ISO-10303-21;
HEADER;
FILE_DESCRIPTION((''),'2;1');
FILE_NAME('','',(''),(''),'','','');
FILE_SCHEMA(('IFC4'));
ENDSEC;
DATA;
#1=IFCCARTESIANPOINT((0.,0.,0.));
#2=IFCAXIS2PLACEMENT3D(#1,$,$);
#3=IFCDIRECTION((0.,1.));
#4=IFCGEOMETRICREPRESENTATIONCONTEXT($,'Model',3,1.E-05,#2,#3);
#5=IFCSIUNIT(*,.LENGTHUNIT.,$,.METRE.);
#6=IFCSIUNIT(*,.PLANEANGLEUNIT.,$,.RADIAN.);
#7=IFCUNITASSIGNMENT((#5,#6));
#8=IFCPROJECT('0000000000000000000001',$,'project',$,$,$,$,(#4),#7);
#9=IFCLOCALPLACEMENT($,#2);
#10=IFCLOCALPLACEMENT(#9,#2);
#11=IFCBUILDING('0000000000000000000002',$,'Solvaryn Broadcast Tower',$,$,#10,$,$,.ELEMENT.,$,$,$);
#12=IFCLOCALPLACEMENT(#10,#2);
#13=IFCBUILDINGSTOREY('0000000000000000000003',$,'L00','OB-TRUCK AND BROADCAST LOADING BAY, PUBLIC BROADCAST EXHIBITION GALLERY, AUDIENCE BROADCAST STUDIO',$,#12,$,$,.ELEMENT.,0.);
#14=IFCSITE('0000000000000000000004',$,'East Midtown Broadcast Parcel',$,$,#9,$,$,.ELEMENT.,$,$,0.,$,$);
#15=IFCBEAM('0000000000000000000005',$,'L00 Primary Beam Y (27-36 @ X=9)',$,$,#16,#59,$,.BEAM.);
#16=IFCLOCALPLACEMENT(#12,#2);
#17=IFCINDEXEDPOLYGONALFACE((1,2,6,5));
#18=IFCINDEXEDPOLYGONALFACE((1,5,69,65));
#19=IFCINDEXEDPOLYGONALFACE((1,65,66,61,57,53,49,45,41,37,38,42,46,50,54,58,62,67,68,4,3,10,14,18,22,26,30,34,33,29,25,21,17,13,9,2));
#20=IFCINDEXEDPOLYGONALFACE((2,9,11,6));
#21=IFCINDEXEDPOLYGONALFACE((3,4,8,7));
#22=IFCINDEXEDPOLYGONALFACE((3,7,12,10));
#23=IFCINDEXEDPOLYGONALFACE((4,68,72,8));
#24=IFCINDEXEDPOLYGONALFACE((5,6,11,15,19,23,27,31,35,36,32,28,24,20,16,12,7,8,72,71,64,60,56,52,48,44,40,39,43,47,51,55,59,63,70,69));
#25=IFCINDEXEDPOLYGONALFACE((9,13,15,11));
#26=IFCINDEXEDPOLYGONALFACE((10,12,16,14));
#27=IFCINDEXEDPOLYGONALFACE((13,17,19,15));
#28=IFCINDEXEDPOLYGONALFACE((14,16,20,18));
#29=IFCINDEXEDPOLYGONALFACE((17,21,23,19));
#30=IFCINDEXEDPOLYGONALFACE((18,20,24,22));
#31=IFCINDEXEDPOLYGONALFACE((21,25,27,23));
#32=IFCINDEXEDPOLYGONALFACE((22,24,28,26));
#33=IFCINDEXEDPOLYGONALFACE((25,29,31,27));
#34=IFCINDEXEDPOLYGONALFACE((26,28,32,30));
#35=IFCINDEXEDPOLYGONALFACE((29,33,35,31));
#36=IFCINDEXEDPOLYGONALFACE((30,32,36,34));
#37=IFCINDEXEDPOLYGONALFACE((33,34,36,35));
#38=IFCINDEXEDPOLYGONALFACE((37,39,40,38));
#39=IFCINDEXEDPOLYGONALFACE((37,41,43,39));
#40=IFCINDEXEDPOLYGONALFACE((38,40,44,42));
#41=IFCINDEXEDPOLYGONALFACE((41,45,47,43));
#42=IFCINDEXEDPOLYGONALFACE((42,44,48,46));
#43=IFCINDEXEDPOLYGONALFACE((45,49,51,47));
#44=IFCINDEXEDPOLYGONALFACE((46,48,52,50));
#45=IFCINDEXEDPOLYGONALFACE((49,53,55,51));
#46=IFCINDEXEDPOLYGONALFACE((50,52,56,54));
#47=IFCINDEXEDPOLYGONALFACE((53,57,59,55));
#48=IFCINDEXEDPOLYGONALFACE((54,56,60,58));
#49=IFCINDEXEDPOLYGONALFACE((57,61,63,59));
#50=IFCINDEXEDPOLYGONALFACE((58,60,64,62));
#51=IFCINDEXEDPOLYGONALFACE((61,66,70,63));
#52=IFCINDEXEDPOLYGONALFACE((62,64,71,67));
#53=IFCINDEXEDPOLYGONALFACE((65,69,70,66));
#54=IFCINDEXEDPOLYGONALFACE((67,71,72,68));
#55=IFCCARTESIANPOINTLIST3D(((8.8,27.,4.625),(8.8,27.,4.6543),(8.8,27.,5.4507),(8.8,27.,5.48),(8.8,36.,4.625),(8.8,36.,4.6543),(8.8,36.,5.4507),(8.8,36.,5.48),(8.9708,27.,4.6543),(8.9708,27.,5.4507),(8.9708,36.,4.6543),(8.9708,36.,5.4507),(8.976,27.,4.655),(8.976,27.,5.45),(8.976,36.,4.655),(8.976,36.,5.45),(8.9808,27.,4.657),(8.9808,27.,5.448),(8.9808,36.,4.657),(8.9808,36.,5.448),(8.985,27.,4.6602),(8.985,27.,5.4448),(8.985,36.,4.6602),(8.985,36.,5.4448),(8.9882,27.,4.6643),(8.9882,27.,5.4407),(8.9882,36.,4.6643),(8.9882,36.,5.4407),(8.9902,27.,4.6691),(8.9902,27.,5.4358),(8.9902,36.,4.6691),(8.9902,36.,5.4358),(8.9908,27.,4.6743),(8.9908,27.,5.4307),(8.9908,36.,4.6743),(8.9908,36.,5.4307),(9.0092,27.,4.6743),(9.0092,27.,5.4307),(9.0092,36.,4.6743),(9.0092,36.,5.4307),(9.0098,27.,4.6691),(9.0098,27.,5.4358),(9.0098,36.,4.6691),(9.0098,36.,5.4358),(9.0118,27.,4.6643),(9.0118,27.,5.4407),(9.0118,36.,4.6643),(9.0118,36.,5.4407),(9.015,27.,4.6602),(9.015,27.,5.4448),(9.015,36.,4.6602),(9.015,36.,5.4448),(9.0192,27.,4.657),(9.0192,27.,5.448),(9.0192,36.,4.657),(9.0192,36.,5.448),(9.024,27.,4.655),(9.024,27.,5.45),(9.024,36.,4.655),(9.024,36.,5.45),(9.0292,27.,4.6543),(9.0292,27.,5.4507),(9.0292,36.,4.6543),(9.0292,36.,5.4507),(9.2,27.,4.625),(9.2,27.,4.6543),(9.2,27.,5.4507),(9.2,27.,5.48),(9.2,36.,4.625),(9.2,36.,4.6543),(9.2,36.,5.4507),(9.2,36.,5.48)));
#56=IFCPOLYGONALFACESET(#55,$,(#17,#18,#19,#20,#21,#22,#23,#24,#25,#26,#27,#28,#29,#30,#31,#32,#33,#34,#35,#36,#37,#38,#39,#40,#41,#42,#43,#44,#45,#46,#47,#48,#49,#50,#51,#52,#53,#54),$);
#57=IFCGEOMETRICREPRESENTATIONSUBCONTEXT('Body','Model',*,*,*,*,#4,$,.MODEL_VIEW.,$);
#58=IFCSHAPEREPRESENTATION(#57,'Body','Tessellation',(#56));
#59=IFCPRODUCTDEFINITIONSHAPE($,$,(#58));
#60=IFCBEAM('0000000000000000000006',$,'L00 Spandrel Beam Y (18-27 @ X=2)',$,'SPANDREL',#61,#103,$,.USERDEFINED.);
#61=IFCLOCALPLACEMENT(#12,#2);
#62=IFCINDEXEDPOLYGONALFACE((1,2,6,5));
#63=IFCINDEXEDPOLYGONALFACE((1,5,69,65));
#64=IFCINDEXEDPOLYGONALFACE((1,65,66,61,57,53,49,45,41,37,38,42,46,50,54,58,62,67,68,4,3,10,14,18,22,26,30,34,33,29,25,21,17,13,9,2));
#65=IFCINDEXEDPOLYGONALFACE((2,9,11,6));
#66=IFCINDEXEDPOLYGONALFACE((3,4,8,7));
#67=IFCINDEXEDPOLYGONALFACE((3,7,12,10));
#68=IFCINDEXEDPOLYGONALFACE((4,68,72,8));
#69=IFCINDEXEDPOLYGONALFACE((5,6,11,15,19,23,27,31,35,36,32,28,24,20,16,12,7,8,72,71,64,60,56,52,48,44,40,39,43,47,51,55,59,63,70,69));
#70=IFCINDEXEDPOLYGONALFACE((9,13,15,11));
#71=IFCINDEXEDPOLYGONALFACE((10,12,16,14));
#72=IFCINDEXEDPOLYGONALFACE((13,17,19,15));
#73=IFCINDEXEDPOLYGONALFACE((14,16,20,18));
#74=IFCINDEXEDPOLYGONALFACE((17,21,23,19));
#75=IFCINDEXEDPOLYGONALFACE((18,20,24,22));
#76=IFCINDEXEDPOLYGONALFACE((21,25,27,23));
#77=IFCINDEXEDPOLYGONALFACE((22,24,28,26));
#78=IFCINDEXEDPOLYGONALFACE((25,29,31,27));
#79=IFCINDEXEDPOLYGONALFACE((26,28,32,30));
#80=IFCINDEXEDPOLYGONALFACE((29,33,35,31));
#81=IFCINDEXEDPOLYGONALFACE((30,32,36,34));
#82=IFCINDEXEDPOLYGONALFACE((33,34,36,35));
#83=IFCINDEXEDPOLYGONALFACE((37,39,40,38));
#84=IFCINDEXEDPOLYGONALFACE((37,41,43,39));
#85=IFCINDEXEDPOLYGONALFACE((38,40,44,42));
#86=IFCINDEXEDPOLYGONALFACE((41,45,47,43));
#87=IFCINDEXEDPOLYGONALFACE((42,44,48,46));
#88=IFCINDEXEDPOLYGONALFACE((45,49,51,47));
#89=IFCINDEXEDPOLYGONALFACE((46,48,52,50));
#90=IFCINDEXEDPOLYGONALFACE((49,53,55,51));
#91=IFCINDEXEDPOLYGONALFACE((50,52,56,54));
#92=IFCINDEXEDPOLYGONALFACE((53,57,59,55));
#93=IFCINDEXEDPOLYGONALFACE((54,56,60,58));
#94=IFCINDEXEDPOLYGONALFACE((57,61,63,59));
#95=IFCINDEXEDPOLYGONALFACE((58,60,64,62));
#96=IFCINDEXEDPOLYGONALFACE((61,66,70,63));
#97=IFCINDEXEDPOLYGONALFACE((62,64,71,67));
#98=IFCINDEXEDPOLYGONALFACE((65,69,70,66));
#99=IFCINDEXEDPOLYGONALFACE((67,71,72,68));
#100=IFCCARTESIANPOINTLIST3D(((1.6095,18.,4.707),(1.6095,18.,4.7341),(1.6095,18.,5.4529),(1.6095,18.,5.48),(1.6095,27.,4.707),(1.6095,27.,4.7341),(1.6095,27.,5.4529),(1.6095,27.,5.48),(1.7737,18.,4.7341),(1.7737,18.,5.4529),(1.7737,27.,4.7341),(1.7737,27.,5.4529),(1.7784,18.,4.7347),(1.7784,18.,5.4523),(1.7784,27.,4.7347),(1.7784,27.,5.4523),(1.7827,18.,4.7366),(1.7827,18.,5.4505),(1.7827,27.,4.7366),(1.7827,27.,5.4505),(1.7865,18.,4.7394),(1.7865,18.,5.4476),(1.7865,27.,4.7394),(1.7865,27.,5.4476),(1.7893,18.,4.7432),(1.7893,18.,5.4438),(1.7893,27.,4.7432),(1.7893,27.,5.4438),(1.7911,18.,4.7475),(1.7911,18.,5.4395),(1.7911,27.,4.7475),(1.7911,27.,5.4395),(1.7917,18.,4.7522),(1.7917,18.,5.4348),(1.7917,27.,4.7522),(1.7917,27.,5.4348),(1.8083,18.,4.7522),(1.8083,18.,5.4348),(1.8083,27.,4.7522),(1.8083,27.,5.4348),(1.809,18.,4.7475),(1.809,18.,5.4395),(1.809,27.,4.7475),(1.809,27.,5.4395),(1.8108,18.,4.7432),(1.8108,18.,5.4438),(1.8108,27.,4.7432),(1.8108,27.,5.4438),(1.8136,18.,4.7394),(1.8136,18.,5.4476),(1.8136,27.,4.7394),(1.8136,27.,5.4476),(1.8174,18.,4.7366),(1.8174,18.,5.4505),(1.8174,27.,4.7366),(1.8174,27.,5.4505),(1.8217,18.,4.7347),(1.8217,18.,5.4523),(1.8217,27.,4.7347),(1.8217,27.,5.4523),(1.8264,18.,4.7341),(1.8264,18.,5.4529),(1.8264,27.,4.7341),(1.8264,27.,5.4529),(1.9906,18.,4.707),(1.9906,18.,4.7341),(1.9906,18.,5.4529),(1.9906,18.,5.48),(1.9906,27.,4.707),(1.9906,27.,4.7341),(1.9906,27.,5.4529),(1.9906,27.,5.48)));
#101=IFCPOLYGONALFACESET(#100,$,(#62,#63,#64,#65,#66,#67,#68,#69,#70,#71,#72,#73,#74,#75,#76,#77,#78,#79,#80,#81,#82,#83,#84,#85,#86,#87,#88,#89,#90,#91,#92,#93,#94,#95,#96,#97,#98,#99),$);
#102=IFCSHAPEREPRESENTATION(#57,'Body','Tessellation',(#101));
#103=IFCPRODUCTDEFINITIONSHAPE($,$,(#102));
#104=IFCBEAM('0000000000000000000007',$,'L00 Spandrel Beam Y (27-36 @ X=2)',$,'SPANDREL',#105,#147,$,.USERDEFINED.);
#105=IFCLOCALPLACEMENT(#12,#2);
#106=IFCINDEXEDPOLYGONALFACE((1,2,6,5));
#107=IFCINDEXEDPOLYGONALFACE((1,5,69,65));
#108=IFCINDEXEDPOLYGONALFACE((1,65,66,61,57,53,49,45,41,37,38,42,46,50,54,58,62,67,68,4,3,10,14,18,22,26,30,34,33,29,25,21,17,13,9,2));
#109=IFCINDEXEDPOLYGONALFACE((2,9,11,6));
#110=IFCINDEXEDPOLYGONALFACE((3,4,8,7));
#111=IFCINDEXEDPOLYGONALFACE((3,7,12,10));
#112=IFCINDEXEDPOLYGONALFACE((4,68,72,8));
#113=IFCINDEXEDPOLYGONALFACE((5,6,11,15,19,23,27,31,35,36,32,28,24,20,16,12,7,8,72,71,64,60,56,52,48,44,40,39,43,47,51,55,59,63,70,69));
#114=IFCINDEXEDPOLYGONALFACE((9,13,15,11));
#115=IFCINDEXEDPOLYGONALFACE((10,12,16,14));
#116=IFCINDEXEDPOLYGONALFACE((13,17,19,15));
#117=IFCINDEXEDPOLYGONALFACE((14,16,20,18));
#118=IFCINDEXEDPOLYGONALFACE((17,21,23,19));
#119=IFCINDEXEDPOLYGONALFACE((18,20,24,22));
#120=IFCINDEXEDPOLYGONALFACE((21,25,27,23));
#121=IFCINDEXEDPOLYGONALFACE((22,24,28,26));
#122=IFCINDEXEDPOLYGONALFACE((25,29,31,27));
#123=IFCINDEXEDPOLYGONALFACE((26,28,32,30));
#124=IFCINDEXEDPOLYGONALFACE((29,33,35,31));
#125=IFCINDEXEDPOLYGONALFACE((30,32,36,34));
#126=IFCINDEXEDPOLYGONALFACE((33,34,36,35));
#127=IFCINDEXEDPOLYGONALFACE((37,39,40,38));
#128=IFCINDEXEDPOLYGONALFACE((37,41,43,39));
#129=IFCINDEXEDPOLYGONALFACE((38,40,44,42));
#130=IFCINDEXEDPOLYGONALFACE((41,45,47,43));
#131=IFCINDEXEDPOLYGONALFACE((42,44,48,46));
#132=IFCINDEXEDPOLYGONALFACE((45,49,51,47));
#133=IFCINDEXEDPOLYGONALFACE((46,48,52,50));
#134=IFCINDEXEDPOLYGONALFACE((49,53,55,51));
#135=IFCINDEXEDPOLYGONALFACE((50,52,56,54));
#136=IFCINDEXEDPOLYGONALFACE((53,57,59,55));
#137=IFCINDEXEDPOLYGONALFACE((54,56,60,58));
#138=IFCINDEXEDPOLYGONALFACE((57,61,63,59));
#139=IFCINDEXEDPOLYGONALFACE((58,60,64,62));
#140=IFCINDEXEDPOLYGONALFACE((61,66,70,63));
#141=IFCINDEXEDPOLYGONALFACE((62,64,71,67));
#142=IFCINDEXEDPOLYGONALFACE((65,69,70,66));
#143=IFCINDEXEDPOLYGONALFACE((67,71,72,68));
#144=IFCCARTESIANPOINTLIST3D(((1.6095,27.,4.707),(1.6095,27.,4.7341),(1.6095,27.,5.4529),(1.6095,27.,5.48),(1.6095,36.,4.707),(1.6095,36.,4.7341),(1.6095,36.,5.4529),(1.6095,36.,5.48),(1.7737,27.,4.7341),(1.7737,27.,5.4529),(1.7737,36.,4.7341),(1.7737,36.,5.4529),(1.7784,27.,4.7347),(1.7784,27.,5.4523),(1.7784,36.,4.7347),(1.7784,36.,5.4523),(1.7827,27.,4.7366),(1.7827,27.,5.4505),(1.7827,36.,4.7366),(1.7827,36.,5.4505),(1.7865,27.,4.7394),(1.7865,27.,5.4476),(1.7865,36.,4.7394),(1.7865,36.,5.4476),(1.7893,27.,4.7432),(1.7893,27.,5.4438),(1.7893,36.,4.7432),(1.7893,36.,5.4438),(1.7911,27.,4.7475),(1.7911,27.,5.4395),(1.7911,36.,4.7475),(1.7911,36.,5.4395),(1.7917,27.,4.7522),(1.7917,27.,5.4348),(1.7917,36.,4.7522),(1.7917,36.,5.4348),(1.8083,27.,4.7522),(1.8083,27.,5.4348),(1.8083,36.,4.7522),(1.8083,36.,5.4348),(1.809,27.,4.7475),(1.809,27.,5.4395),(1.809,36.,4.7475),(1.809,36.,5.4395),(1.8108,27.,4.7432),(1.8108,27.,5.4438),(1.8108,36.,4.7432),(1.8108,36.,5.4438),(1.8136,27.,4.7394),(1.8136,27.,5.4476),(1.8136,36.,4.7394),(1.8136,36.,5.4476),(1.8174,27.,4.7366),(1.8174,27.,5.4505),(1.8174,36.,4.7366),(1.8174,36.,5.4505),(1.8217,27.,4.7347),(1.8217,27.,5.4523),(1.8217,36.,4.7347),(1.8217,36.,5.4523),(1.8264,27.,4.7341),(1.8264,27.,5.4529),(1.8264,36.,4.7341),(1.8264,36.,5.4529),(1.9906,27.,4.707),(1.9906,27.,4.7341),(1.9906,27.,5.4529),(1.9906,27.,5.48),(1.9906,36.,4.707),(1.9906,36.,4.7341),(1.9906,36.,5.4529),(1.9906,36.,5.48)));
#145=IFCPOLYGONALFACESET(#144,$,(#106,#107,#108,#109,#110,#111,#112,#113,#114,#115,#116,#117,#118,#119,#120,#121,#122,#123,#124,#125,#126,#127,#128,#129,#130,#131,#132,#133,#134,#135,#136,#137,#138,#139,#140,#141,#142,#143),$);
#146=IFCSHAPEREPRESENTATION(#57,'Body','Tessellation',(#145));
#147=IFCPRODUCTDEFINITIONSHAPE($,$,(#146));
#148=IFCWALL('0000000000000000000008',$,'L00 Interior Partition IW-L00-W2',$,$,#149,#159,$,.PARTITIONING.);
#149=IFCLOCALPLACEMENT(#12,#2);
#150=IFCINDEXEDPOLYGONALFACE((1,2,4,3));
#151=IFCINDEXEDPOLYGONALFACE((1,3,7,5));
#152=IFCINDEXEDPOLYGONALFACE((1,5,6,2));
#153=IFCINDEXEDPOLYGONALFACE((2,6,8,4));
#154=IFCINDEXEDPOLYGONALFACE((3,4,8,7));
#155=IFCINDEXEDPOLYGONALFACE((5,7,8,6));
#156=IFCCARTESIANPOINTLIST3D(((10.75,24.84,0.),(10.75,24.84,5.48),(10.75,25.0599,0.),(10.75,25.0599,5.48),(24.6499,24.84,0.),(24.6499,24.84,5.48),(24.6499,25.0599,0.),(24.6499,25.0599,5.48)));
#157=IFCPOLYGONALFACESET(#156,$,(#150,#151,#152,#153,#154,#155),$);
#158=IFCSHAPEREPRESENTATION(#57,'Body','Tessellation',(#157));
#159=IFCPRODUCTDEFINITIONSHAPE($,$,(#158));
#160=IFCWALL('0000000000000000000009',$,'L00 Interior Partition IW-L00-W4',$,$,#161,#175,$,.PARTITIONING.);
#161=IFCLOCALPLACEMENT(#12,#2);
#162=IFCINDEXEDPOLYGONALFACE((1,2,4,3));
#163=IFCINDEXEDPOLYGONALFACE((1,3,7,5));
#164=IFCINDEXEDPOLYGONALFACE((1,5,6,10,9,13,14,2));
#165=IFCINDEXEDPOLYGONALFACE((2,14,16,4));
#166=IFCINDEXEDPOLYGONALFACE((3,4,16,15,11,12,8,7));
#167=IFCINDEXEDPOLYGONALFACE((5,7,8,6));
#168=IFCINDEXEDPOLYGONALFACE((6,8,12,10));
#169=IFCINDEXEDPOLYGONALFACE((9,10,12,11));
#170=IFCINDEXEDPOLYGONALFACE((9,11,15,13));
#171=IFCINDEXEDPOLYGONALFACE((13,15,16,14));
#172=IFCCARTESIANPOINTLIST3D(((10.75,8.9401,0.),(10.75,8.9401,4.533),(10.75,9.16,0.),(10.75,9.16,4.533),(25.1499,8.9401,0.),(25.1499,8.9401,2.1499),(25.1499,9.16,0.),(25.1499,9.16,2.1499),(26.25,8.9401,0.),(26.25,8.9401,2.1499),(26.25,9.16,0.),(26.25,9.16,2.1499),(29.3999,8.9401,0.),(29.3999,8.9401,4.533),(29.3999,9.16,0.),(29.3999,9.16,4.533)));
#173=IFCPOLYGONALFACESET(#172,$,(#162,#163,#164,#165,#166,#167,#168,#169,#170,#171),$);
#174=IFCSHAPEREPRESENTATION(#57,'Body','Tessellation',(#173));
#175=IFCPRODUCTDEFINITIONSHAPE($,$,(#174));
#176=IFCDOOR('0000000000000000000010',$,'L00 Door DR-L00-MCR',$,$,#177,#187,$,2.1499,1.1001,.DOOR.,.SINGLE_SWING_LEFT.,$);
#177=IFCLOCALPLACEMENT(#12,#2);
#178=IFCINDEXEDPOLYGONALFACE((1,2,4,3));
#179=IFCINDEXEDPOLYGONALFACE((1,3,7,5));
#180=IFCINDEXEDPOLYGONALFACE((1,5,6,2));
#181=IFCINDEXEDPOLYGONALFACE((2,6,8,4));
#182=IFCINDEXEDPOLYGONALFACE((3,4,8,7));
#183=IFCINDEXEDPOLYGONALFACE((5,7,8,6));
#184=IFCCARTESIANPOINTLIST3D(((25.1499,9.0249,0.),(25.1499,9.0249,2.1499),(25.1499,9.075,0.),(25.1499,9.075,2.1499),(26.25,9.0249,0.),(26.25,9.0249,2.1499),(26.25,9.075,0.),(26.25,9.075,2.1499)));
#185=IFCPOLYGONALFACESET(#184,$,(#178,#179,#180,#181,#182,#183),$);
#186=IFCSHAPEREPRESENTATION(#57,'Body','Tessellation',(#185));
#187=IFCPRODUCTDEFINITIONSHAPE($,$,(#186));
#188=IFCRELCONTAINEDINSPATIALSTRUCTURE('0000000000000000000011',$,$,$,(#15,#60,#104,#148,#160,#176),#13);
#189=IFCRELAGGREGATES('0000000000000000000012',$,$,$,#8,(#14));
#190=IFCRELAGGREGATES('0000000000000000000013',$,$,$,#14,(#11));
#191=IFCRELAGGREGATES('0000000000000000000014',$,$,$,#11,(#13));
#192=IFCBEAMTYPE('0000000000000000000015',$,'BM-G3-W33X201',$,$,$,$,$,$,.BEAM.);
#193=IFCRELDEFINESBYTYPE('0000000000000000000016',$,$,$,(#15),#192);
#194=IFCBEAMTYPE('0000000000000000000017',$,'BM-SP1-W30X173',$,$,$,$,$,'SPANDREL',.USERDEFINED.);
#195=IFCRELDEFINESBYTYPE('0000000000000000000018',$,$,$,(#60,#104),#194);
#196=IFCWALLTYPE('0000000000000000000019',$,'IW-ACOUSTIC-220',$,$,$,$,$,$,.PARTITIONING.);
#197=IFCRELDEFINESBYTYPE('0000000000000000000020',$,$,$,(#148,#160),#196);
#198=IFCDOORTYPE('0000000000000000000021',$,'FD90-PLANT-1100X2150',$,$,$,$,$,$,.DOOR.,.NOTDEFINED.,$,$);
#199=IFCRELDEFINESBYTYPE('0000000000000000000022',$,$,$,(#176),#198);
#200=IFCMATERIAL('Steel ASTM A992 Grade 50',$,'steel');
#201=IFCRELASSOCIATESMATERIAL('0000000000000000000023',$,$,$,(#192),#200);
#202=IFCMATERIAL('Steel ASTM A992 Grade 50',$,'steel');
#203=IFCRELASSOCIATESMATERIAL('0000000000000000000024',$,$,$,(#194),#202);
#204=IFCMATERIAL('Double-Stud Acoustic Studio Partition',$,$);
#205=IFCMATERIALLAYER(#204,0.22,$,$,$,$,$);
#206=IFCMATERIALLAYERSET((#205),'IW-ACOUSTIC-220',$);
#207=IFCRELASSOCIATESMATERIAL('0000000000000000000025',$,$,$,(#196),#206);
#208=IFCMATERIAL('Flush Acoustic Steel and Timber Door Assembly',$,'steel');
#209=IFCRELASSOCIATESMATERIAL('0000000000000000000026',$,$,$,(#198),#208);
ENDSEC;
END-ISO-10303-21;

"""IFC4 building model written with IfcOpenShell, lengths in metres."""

from ifc_helpers import new_model, si_unit, direction, frame, frame_2d, origin, origin_2d, place, context, subcontext, project, spatial, rectangle, i_section, extrude, material, layer, layer_set, material_profile, profile_set, type_object, element, fill, save


model = new_model("IFC4")

# Units and contexts
model_context = context("Model", 3, precision=1e-05, world=origin(), true_north=direction((0.0, 1.0)))
body_context = subcontext(model_context, "Body", "Model", "MODEL_VIEW")
ifc_project = project(units=[si_unit("LENGTHUNIT", "METRE"), si_unit("PLANEANGLEUNIT", "RADIAN")], contexts=[model_context])

# Site, building, storey
site_placement = place(None, origin())
site = spatial("IfcSite", under=ifc_project, at=site_placement, Name="East Midtown Broadcast Parcel", CompositionType="ELEMENT", RefElevation=0.0)
building_placement = place(site_placement, origin())
building = spatial("IfcBuilding", under=site, at=building_placement, Name="Solvaryn Broadcast Tower", CompositionType="ELEMENT")
storey_placement = place(building_placement, origin())
storey = spatial("IfcBuildingStorey", under=building, at=storey_placement, Name="L00", Description="OB-TRUCK AND BROADCAST LOADING BAY, PUBLIC BROADCAST EXHIBITION GALLERY, AUDIENCE BROADCAST STUDIO", CompositionType="ELEMENT", Elevation=0.0)

# Beams
ifc_material_1 = material(Name="Steel ASTM A992 Grade 50", Category="steel")
ifc_material_profile_1 = material_profile(ifc_material_1, i_section(OverallWidth=0.3999, OverallDepth=0.855, WebThickness=0.0183, FlangeThickness=0.0293, FilletRadius=0.02, at=origin_2d()))
ifc_profile_set_1 = profile_set([ifc_material_profile_1], Name="Steel ASTM A992 Grade 50")
beam_type_1 = type_object("IfcBeamType", Name="BM-G3-W33X201", PredefinedType="BEAM", material=ifc_profile_set_1)
for number, where, z_axis, x_axis, name in (
    (1, (9.0, 27.0, 5.0525), (0.0, 1.0, 0.0), (-1.0, 0.0, 0.0), "L00 Primary Beam Y (27-36 @ X=9)"),
):
    element("IfcBeam", number, at=place(storey_placement, frame(where, z_axis=z_axis, x_axis=x_axis)), inside=storey, type_object=beam_type_1, Name=name, PredefinedType="BEAM", context=body_context, shape_type="SweptSolid", body=[
        extrude(i_section(OverallWidth=0.3999, OverallDepth=0.855, WebThickness=0.0183, FlangeThickness=0.0293, FilletRadius=0.02, at=origin_2d()), origin(), (0.0, 0.0, 1.0), 9.0),
    ])
ifc_material_2 = material(Name="Steel ASTM A992 Grade 50", Category="steel")
ifc_material_profile_2 = material_profile(ifc_material_2, i_section(OverallWidth=0.3811, OverallDepth=0.7729, WebThickness=0.0166, FlangeThickness=0.0271, FilletRadius=0.0181, at=origin_2d()))
ifc_profile_set_2 = profile_set([ifc_material_profile_2], Name="Steel ASTM A992 Grade 50")
beam_type_2 = type_object("IfcBeamType", Name="BM-SP1-W30X173", ElementType="SPANDREL", PredefinedType="USERDEFINED", material=ifc_profile_set_2)
for number, where, z_axis, x_axis, name in (
    (2, (1.8, 18.0, 5.0935), (0.0, 1.0, 0.0), (-1.0, 0.0, 0.0), "L00 Spandrel Beam Y (18-27 @ X=2)"),
    (3, (1.8, 27.0, 5.0935), (0.0, 1.0, 0.0), (-1.0, 0.0, 0.0), "L00 Spandrel Beam Y (27-36 @ X=2)"),
):
    element("IfcBeam", number, at=place(storey_placement, frame(where, z_axis=z_axis, x_axis=x_axis)), inside=storey, type_object=beam_type_2, Name=name, ObjectType="SPANDREL", PredefinedType="USERDEFINED", context=body_context, shape_type="SweptSolid", body=[
        extrude(i_section(OverallWidth=0.3811, OverallDepth=0.7729, WebThickness=0.0166, FlangeThickness=0.0271, FilletRadius=0.0181, at=origin_2d()), origin(), (0.0, 0.0, 1.0), 9.0),
    ])

# Wall
ifc_material_3 = material(Name="Double-Stud Acoustic Studio Partition")
ifc_layer = layer(ifc_material_3, 0.22)
ifc_layer_set = layer_set([ifc_layer], Name="IW-ACOUSTIC-220")
wall_type = type_object("IfcWallType", Name="IW-ACOUSTIC-220", PredefinedType="PARTITIONING", material=ifc_layer_set)
wall_1_placement = place(storey_placement, frame((10.75, 24.95, 0.0), z_axis=(0.0, 0.0, 1.0), x_axis=(1.0, 0.0, 0.0)))
element("IfcWall", 4, at=wall_1_placement, inside=storey, type_object=wall_type, Name="L00 Interior Partition IW-L00-W2", PredefinedType="PARTITIONING", context=body_context, shape_type="SweptSolid", body=[
    extrude(rectangle(XDim=13.8999, YDim=0.22, at=frame_2d((6.95, 0.0))), origin(), (0.0, 0.0, 1.0), 5.48),
])

# Wall, opening, door
wall_2_placement = place(storey_placement, frame((10.75, 9.05, 0.0), z_axis=(0.0, 0.0, 1.0), x_axis=(1.0, 0.0, 0.0)))
wall_2 = element("IfcWall", 5, at=wall_2_placement, inside=storey, type_object=wall_type, Name="L00 Interior Partition IW-L00-W4", PredefinedType="PARTITIONING", context=body_context, shape_type="SweptSolid", body=[
    extrude(rectangle(XDim=18.6499, YDim=0.22, at=frame_2d((9.325, 0.0))), origin(), (0.0, 0.0, 1.0), 4.533),
])
opening_placement = place(wall_2_placement, frame((14.3999, 0.0, 0.0)))
opening = element("IfcOpeningElement", 6, at=opening_placement, cuts=wall_2, PredefinedType="OPENING", context=body_context, shape_type="SweptSolid", body=[
    extrude(rectangle(XDim=1.1001, YDim=2.1499, at=frame_2d((0.55, 1.075))), frame((0.0, 0.1199, 0.0), z_axis=(0.0, -1.0, 0.0), x_axis=(1.0, 0.0, 0.0)), (0.0, 0.0, 1.0), 0.24),
])
ifc_material_4 = material(Name="Flush Acoustic Steel and Timber Door Assembly", Category="steel")
door_type = type_object("IfcDoorType", Name="FD90-PLANT-1100X2150", OperationType="NOTDEFINED", PredefinedType="DOOR", material=ifc_material_4)
door_placement = place(opening_placement, origin())
door = element("IfcDoor", 7, at=door_placement, inside=storey, type_object=door_type, Name="L00 Door DR-L00-MCR", OperationType="SINGLE_SWING_LEFT", OverallHeight=2.1499, OverallWidth=1.1001, PredefinedType="DOOR", context=body_context, shape_type="SweptSolid", body=[
    extrude(rectangle(XDim=1.1001, YDim=2.1499, at=frame_2d((0.55, 1.075))), frame((0.0, 0.0249, 0.0), z_axis=(0.0, -1.0, 0.0), x_axis=(1.0, 0.0, 0.0)), (0.0, 0.0, 1.0), 0.05),
])
fill(opening, door)

save(model, "model.ifc")
